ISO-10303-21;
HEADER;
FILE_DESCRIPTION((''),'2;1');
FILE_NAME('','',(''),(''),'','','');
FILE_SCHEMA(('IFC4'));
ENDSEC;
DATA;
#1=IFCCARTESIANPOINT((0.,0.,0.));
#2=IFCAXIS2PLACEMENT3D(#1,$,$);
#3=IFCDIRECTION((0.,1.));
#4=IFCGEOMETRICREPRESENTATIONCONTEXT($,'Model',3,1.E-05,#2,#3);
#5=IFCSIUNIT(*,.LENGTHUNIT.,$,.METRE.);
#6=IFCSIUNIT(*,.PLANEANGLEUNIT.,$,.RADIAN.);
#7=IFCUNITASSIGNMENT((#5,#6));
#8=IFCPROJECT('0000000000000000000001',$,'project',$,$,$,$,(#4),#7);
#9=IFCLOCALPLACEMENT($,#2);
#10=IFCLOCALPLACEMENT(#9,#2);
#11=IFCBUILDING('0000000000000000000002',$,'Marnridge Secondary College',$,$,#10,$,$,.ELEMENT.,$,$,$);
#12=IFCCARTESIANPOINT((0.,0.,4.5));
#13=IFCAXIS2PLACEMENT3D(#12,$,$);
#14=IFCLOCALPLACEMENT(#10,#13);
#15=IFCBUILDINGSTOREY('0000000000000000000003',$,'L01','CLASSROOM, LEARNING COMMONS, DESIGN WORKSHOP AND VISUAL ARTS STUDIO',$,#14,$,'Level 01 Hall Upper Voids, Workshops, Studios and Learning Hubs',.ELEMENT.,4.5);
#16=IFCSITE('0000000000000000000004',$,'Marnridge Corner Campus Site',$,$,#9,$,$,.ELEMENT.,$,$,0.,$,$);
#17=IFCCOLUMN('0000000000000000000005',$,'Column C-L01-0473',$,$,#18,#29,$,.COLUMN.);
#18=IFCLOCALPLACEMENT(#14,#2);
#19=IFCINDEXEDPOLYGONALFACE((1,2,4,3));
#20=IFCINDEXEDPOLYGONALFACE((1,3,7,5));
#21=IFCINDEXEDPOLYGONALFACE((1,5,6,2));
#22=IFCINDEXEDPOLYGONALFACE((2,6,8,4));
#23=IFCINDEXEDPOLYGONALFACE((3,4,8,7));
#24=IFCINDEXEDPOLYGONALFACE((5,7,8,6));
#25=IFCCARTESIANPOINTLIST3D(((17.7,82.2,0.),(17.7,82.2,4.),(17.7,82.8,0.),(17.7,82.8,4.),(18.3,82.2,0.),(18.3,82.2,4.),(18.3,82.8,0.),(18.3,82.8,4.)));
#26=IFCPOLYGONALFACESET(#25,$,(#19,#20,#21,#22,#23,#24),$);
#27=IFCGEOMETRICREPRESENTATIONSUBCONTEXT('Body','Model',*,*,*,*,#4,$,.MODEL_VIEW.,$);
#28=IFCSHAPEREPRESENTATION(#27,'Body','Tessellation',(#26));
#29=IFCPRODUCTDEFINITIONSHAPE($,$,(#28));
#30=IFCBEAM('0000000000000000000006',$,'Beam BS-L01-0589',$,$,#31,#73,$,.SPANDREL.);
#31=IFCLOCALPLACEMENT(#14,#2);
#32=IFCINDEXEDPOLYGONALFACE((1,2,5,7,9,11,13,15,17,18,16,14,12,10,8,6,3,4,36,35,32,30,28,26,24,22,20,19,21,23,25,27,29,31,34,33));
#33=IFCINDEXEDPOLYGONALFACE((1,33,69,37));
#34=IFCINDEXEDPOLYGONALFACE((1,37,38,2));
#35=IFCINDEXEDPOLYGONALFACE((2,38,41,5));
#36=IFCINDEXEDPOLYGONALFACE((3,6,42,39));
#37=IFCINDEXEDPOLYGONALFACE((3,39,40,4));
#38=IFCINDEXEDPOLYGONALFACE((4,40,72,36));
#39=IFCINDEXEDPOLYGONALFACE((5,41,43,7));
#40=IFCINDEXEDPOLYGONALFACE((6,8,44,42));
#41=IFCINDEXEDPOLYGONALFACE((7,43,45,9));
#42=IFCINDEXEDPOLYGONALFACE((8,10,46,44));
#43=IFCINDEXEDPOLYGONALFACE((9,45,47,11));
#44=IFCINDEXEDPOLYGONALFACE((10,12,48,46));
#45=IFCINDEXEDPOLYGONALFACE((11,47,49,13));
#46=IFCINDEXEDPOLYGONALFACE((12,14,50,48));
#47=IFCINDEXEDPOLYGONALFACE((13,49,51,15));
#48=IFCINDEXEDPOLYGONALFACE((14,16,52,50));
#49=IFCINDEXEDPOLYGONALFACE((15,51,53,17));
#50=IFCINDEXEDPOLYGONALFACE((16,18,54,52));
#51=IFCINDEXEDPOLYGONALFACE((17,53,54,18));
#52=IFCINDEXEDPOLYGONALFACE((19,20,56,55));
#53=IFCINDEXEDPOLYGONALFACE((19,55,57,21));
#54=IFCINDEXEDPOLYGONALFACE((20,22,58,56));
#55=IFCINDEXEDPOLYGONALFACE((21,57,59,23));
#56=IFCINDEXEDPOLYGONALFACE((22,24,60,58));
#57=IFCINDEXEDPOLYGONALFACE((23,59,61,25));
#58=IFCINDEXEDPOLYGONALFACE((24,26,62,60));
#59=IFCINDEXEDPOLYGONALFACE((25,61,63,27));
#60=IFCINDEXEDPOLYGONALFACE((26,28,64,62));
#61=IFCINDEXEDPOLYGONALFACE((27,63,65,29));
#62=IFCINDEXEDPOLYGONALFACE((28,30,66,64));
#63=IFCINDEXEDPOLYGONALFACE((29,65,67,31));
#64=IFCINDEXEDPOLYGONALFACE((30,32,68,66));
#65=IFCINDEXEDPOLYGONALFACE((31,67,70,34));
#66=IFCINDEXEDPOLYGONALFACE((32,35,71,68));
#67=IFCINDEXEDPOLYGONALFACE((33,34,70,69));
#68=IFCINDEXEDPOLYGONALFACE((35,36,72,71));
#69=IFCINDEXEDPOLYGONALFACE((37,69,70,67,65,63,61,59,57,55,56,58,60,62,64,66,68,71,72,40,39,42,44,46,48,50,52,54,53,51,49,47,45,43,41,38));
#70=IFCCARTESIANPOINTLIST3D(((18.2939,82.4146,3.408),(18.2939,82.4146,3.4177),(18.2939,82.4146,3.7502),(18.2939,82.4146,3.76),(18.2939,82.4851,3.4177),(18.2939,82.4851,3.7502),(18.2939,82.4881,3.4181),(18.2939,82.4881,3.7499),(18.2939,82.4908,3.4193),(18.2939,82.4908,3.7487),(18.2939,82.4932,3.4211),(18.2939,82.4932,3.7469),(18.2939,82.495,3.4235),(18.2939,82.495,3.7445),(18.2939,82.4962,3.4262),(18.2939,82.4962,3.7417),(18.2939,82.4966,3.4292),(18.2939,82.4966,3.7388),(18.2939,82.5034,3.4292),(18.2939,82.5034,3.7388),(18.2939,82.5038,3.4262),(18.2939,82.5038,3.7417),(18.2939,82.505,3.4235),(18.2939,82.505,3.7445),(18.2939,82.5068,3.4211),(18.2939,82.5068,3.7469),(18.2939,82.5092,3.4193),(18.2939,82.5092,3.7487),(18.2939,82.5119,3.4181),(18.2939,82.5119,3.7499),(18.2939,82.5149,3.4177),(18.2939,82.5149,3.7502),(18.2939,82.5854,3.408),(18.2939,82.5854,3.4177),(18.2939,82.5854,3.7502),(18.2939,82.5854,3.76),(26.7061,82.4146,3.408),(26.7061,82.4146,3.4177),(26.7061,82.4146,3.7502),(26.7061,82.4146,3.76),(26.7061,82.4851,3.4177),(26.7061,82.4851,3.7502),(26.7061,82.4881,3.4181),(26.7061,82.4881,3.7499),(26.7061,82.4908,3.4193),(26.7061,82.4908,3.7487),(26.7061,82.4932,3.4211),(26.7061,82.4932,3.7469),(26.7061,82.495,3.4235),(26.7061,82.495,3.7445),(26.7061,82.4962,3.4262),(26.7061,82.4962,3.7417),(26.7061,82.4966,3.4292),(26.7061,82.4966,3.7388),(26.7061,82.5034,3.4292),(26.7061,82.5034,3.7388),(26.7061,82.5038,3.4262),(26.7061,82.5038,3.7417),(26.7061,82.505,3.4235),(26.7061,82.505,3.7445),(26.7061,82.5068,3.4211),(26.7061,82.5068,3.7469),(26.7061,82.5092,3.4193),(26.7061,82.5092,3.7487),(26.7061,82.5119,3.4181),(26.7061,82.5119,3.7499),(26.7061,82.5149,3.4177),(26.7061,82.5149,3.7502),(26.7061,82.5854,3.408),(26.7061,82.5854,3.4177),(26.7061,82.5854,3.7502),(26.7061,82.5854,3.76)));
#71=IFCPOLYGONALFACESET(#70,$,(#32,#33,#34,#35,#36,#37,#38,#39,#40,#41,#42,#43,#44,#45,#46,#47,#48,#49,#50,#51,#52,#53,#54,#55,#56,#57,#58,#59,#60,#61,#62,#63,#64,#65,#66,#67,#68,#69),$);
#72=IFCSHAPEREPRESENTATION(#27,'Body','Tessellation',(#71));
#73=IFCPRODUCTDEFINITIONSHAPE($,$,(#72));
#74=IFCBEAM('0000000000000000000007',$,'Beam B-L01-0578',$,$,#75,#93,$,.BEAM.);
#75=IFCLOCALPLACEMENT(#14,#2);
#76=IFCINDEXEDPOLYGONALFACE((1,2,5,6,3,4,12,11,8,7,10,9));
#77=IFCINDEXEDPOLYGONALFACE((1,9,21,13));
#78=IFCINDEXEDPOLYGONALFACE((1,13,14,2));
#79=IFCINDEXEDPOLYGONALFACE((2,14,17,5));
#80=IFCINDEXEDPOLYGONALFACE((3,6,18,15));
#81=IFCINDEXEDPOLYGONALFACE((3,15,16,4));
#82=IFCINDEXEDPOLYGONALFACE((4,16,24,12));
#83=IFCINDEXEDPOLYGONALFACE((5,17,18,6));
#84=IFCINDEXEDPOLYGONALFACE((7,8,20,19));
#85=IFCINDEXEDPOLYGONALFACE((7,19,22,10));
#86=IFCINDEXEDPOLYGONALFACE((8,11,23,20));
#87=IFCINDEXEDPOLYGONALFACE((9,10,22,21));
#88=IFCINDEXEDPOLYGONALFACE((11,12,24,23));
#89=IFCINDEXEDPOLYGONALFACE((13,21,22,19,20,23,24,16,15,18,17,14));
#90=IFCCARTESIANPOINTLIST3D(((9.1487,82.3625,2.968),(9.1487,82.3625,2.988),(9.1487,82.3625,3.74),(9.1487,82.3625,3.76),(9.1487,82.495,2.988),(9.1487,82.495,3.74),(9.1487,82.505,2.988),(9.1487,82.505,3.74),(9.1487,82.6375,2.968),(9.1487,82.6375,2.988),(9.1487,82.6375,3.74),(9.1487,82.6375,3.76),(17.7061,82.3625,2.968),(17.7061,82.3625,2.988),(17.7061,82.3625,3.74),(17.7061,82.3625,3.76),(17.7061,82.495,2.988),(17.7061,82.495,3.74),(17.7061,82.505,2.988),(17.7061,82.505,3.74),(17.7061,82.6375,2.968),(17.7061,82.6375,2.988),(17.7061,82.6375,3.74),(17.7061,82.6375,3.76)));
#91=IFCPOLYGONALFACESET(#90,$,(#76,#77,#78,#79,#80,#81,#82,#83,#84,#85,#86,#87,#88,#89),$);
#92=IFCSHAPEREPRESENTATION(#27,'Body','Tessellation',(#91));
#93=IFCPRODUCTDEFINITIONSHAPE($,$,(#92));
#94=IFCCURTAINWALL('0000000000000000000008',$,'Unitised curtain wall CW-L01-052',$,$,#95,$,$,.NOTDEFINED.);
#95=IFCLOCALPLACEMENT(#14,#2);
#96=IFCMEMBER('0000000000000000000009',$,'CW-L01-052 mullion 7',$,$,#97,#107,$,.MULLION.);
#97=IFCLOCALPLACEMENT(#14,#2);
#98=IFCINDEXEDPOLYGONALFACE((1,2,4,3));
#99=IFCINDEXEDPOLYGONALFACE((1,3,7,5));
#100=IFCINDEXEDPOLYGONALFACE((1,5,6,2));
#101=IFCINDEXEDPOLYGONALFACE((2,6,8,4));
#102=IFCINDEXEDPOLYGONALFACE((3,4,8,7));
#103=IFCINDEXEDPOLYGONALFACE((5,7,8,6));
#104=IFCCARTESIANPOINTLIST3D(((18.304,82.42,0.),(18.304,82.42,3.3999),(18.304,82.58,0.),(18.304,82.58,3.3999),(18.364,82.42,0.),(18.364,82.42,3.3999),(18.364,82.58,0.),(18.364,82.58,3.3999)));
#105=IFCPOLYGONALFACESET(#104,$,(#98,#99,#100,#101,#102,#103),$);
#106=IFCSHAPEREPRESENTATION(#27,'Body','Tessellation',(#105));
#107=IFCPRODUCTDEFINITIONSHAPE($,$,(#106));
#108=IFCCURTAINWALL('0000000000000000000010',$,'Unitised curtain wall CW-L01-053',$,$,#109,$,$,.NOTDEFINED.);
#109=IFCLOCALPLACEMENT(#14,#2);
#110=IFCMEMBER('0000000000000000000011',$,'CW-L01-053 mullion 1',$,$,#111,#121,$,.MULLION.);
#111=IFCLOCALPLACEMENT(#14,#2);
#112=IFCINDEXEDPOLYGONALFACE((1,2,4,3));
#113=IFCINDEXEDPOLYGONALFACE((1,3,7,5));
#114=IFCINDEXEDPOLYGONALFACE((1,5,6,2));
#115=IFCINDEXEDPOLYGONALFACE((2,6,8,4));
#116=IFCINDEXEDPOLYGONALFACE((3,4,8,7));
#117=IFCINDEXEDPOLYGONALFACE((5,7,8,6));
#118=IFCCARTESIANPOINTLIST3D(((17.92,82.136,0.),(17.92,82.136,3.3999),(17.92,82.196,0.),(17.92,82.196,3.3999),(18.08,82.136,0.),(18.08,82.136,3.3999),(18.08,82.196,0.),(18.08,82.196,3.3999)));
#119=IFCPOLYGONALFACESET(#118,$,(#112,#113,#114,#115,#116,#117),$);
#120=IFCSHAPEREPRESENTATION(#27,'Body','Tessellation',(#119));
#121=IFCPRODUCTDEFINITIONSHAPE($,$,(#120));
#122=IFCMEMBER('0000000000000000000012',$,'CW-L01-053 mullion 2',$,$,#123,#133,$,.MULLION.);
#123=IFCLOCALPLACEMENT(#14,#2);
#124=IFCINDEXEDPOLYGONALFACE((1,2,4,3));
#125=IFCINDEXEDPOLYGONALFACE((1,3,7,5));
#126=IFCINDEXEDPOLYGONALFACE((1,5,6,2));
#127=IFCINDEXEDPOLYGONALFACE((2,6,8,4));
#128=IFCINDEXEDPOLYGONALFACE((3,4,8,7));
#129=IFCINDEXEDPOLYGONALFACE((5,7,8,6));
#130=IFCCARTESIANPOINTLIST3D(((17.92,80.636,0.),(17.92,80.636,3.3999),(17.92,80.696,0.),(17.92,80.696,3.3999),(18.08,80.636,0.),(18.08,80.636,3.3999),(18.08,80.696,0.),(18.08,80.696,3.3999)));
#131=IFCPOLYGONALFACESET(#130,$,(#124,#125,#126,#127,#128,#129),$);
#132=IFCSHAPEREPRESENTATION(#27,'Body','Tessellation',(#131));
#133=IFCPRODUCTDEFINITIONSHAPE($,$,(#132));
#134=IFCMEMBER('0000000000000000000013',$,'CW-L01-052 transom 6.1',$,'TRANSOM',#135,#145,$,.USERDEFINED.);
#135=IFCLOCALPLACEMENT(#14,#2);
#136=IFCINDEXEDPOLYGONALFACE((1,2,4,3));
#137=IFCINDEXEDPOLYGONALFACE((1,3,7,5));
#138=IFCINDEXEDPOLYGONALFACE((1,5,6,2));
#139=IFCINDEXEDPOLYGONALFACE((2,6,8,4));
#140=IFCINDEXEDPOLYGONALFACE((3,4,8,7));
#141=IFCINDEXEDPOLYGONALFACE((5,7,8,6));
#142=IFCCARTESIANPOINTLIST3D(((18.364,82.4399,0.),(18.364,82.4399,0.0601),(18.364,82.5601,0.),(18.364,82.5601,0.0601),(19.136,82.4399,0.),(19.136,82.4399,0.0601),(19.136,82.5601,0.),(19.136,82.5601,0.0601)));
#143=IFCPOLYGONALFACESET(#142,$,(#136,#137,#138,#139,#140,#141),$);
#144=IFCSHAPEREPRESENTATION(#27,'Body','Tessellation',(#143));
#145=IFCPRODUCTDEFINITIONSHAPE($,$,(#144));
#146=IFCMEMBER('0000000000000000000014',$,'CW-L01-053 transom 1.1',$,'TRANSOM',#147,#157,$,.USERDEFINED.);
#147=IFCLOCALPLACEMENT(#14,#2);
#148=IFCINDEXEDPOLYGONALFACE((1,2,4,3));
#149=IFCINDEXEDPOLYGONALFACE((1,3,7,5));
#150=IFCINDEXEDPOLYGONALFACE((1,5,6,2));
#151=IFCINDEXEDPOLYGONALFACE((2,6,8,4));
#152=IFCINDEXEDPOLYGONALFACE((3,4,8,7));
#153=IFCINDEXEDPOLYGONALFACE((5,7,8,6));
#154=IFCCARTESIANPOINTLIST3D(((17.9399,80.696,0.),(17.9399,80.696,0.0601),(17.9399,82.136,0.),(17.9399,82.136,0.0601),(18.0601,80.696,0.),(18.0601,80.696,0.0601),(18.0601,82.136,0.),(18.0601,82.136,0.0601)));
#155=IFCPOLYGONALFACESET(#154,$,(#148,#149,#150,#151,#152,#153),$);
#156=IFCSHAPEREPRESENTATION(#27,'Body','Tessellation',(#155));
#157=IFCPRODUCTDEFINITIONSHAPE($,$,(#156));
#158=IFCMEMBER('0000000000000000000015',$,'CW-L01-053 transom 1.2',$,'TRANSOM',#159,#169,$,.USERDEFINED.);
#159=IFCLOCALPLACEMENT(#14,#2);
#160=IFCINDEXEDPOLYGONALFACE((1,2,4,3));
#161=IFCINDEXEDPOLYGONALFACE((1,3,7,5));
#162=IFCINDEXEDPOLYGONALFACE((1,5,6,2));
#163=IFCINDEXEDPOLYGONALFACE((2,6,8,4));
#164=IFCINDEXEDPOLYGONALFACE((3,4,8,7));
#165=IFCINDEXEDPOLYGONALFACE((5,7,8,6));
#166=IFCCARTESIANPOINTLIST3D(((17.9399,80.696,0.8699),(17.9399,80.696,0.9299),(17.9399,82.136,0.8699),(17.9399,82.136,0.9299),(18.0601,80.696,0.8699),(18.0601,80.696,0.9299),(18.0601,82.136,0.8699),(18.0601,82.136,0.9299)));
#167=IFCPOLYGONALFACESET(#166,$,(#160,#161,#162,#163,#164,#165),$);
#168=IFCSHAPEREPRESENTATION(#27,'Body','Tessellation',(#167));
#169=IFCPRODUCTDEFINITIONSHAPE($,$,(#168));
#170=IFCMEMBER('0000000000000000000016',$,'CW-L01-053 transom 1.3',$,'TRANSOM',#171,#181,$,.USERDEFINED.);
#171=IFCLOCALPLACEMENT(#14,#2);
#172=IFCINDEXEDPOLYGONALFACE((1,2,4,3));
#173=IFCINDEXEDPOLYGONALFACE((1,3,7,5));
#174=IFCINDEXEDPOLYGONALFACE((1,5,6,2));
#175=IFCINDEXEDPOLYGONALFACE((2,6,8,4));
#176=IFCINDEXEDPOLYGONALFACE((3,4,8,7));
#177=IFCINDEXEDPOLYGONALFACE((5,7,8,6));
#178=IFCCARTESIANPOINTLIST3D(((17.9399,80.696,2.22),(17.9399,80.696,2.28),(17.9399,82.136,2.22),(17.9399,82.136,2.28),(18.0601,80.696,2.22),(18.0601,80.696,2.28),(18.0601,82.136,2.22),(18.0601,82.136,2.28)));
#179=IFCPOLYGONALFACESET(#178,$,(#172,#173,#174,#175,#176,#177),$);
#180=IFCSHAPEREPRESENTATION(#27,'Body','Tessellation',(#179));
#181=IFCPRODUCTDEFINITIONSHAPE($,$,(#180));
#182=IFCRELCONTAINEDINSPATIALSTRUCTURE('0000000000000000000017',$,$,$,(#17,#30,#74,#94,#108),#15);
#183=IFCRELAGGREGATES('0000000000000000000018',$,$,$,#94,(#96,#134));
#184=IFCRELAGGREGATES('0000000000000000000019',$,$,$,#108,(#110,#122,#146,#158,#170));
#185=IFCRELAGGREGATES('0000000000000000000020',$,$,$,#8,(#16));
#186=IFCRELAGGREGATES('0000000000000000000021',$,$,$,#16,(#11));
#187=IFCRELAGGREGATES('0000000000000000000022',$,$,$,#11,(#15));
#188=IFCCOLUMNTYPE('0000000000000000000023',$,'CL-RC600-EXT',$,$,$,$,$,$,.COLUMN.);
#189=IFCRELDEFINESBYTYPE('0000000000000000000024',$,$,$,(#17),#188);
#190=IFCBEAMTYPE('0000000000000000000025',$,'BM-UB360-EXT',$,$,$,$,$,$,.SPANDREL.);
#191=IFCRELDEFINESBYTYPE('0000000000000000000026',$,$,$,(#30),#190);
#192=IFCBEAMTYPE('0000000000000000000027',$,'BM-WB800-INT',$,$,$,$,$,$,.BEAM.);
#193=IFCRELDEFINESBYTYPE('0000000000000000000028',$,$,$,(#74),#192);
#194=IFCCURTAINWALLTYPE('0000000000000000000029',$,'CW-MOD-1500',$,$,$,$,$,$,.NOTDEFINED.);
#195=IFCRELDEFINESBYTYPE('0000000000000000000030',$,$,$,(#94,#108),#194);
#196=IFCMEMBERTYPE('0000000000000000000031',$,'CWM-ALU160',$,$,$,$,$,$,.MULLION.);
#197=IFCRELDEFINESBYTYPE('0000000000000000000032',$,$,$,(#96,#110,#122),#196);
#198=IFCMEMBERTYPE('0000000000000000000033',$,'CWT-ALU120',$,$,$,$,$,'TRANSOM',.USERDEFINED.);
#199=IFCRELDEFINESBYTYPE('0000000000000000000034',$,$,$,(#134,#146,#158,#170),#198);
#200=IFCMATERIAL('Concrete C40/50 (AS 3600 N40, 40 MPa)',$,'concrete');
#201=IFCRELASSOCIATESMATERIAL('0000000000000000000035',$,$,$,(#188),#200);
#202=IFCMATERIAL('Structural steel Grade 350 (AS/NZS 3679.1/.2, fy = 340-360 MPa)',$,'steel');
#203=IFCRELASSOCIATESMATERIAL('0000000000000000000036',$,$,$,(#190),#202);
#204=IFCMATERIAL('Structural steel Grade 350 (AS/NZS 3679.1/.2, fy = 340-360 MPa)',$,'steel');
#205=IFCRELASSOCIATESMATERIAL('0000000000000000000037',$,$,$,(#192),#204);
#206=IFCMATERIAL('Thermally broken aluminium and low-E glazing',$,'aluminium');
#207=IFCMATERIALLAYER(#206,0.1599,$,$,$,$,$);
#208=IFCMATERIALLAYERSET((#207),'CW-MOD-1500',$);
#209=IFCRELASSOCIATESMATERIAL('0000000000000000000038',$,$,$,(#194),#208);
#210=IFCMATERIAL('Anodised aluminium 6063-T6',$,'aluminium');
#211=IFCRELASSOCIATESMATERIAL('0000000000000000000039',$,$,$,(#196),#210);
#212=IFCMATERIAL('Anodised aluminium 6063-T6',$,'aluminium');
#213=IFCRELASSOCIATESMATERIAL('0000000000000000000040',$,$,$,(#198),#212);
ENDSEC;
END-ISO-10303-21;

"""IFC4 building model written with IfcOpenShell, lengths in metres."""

from ifc_helpers import new_model, si_unit, direction, frame, origin, origin_2d, place, context, subcontext, project, spatial, rectangle, i_section, extrude, material, layer, layer_set, material_profile, profile_set, type_object, element, aggregate, save


model = new_model("IFC4")

# Units and contexts
model_context = context("Model", 3, precision=1e-05, world=origin(), true_north=direction((0.0, 1.0)))
body_context = subcontext(model_context, "Body", "Model", "MODEL_VIEW")
ifc_project = project(units=[si_unit("LENGTHUNIT", "METRE"), si_unit("PLANEANGLEUNIT", "RADIAN")], contexts=[model_context])

# Site, building, storey
site_placement = place(None, origin())
site = spatial("IfcSite", under=ifc_project, at=site_placement, Name="Marnridge Corner Campus Site", CompositionType="ELEMENT", RefElevation=0.0)
building_placement = place(site_placement, origin())
building = spatial("IfcBuilding", under=site, at=building_placement, Name="Marnridge Secondary College", CompositionType="ELEMENT")
storey_placement = place(building_placement, frame((0.0, 0.0, 4.5)))
storey = spatial("IfcBuildingStorey", under=building, at=storey_placement, Name="L01", Description="CLASSROOM, LEARNING COMMONS, DESIGN WORKSHOP AND VISUAL ARTS STUDIO", LongName="Level 01 Hall Upper Voids, Workshops, Studios and Learning Hubs", CompositionType="ELEMENT", Elevation=4.5)

# Column
ifc_material_1 = material(Name="Concrete C40/50 (AS 3600 N40, 40 MPa)", Category="concrete")
ifc_material_profile_1 = material_profile(ifc_material_1, rectangle(XDim=0.6001, YDim=0.6001, at=origin_2d()), Name="RC 600x600")
ifc_profile_set_1 = profile_set([ifc_material_profile_1], Name="Concrete C40/50 (AS 3600 N40, 40 MPa)")
column_type = type_object("IfcColumnType", Name="CL-RC600-EXT", PredefinedType="COLUMN", material=ifc_profile_set_1)
column_placement = place(storey_placement, frame((18.0, 82.5, 0.0), z_axis=(0.0, 0.0, 1.0), x_axis=(1.0, 0.0, 0.0)))
element("IfcColumn", 1, at=column_placement, inside=storey, type_object=column_type, Name="Column C-L01-0473", PredefinedType="COLUMN", context=body_context, shape_type="SweptSolid", body=[
    extrude(rectangle(XDim=0.6001, YDim=0.6001, at=origin_2d()), origin(), (0.0, 0.0, 1.0), 4.0),
])

# Beams
ifc_material_2 = material(Name="Structural steel Grade 350 (AS/NZS 3679.1/.2, fy = 340-360 MPa)", Category="steel")
ifc_material_profile_2 = material_profile(ifc_material_2, i_section(OverallWidth=0.1709, OverallDepth=0.3521, WebThickness=0.0068, FlangeThickness=0.0098, FilletRadius=0.0115, at=origin_2d()), Name="360UB44.7")
ifc_profile_set_2 = profile_set([ifc_material_profile_2], Name="Structural steel Grade 350 (AS/NZS 3679.1/.2, fy = 340-360 MPa)")
beam_type_1 = type_object("IfcBeamType", Name="BM-UB360-EXT", PredefinedType="SPANDREL", material=ifc_profile_set_2)
beam_1_placement = place(storey_placement, frame((18.2939, 82.5, 3.584), z_axis=(1.0, 0.0, 0.0), x_axis=(0.0, 1.0, 0.0)))
element("IfcBeam", 2, at=beam_1_placement, inside=storey, type_object=beam_type_1, Name="Beam BS-L01-0589", PredefinedType="SPANDREL", context=body_context, shape_type="SweptSolid", body=[
    extrude(i_section(OverallWidth=0.1709, OverallDepth=0.3521, WebThickness=0.0068, FlangeThickness=0.0098, FilletRadius=0.0115, at=origin_2d()), origin(), (0.0, 0.0, 1.0), 8.4121),
])
ifc_material_3 = material(Name="Structural steel Grade 350 (AS/NZS 3679.1/.2, fy = 340-360 MPa)", Category="steel")
ifc_material_profile_3 = material_profile(ifc_material_3, i_section(OverallWidth=0.2749, OverallDepth=0.792, WebThickness=0.01, FlangeThickness=0.02, at=origin_2d()), Name="800WB146")
ifc_profile_set_3 = profile_set([ifc_material_profile_3], Name="Structural steel Grade 350 (AS/NZS 3679.1/.2, fy = 340-360 MPa)")
beam_type_2 = type_object("IfcBeamType", Name="BM-WB800-INT", PredefinedType="BEAM", material=ifc_profile_set_3)
beam_2_placement = place(storey_placement, frame((9.1487, 82.5, 3.364), z_axis=(1.0, 0.0, 0.0), x_axis=(0.0, 1.0, 0.0)))
element("IfcBeam", 3, at=beam_2_placement, inside=storey, type_object=beam_type_2, Name="Beam B-L01-0578", PredefinedType="BEAM", context=body_context, shape_type="SweptSolid", body=[
    extrude(i_section(OverallWidth=0.2749, OverallDepth=0.792, WebThickness=0.01, FlangeThickness=0.02, at=origin_2d()), origin(), (0.0, 0.0, 1.0), 8.5574),
])

# Curtain wall, member
ifc_material_4 = material(Name="Thermally broken aluminium and low-E glazing", Category="aluminium")
ifc_layer_1 = layer(ifc_material_4, 0.1599)
ifc_layer_set_1 = layer_set([ifc_layer_1], Name="CW-MOD-1500")
curtain_wall_type = type_object("IfcCurtainWallType", Name="CW-MOD-1500", PredefinedType="NOTDEFINED", material=ifc_layer_set_1)
curtain_wall_1_placement = place(storey_placement, origin())
curtain_wall_1 = element("IfcCurtainWall", 4, at=curtain_wall_1_placement, inside=storey, type_object=curtain_wall_type, Name="Unitised curtain wall CW-L01-052", PredefinedType="NOTDEFINED")
ifc_material_5 = material(Name="Anodised aluminium 6063-T6", Category="aluminium")
ifc_material_profile_4 = material_profile(ifc_material_5, rectangle(XDim=0.0601, YDim=0.1599, at=origin_2d()), Name="ALU 60x160")
ifc_profile_set_4 = profile_set([ifc_material_profile_4], Name="Anodised aluminium 6063-T6")
member_type_1 = type_object("IfcMemberType", Name="CWM-ALU160", PredefinedType="MULLION", material=ifc_profile_set_4)
member_1_placement = place(storey_placement, frame((18.334, 82.5, 0.0), z_axis=(0.0, 0.0, 1.0), x_axis=(-1.0, 0.0, 0.0)))
member_1 = element("IfcMember", 5, at=member_1_placement, type_object=member_type_1, Name="CW-L01-052 mullion 7", PredefinedType="MULLION", context=body_context, shape_type="SweptSolid", body=[
    extrude(rectangle(XDim=0.0601, YDim=0.1599, at=origin_2d()), origin(), (0.0, 0.0, 1.0), 3.3999),
])

# Curtain wall, members
curtain_wall_2_placement = place(storey_placement, origin())
curtain_wall_2 = element("IfcCurtainWall", 6, at=curtain_wall_2_placement, inside=storey, type_object=curtain_wall_type, Name="Unitised curtain wall CW-L01-053", PredefinedType="NOTDEFINED")
member_2_placement = place(storey_placement, frame((18.0, 82.166, 0.0), z_axis=(0.0, 0.0, 1.0), x_axis=(0.0, -1.0, 0.0)))
member_2 = element("IfcMember", 7, at=member_2_placement, type_object=member_type_1, Name="CW-L01-053 mullion 1", PredefinedType="MULLION", context=body_context, shape_type="SweptSolid", body=[
    extrude(rectangle(XDim=0.0601, YDim=0.1599, at=origin_2d()), origin(), (0.0, 0.0, 1.0), 3.3999),
])
member_3_placement = place(storey_placement, frame((18.0, 80.666, 0.0), z_axis=(0.0, 0.0, 1.0), x_axis=(0.0, -1.0, 0.0)))
member_3 = element("IfcMember", 8, at=member_3_placement, type_object=member_type_1, Name="CW-L01-053 mullion 2", PredefinedType="MULLION", context=body_context, shape_type="SweptSolid", body=[
    extrude(rectangle(XDim=0.0601, YDim=0.1599, at=origin_2d()), origin(), (0.0, 0.0, 1.0), 3.3999),
])

# Members
ifc_material_6 = material(Name="Anodised aluminium 6063-T6", Category="aluminium")
ifc_material_profile_5 = material_profile(ifc_material_6, rectangle(XDim=0.0601, YDim=0.1201, at=origin_2d()), Name="ALU 60x120")
ifc_profile_set_5 = profile_set([ifc_material_profile_5], Name="Anodised aluminium 6063-T6")
member_type_2 = type_object("IfcMemberType", Name="CWT-ALU120", ElementType="TRANSOM", PredefinedType="USERDEFINED", material=ifc_profile_set_5)
member_4_placement = place(storey_placement, frame((19.136, 82.5, 0.03), z_axis=(-1.0, 0.0, 0.0), x_axis=(0.0, 0.0, 1.0)))
member_4 = element("IfcMember", 9, at=member_4_placement, type_object=member_type_2, Name="CW-L01-052 transom 6.1", ObjectType="TRANSOM", PredefinedType="USERDEFINED", context=body_context, shape_type="SweptSolid", body=[
    extrude(rectangle(XDim=0.0601, YDim=0.1201, at=origin_2d()), origin(), (0.0, 0.0, 1.0), 0.772),
])
member_5_placement = place(storey_placement, frame((18.0, 82.136, 0.03), z_axis=(0.0, -1.0, 0.0), x_axis=(0.0, 0.0, 1.0)))
member_5 = element("IfcMember", 10, at=member_5_placement, type_object=member_type_2, Name="CW-L01-053 transom 1.1", ObjectType="TRANSOM", PredefinedType="USERDEFINED", context=body_context, shape_type="SweptSolid", body=[
    extrude(rectangle(XDim=0.0601, YDim=0.1201, at=origin_2d()), origin(), (0.0, 0.0, 1.0), 1.4399),
])
member_6_placement = place(storey_placement, frame((18.0, 82.136, 0.8999), z_axis=(0.0, -1.0, 0.0), x_axis=(0.0, 0.0, 1.0)))
member_6 = element("IfcMember", 11, at=member_6_placement, type_object=member_type_2, Name="CW-L01-053 transom 1.2", ObjectType="TRANSOM", PredefinedType="USERDEFINED", context=body_context, shape_type="SweptSolid", body=[
    extrude(rectangle(XDim=0.0601, YDim=0.1201, at=origin_2d()), origin(), (0.0, 0.0, 1.0), 1.4399),
])
member_7_placement = place(storey_placement, frame((18.0, 82.136, 2.25), z_axis=(0.0, -1.0, 0.0), x_axis=(0.0, 0.0, 1.0)))
member_7 = element("IfcMember", 12, at=member_7_placement, type_object=member_type_2, Name="CW-L01-053 transom 1.3", ObjectType="TRANSOM", PredefinedType="USERDEFINED", context=body_context, shape_type="SweptSolid", body=[
    extrude(rectangle(XDim=0.0601, YDim=0.1201, at=origin_2d()), origin(), (0.0, 0.0, 1.0), 1.4399),
])

aggregate(curtain_wall_1, [member_1, member_4])
aggregate(curtain_wall_2, [member_2, member_3, member_5, member_6, member_7])

save(model, "model.ifc")
